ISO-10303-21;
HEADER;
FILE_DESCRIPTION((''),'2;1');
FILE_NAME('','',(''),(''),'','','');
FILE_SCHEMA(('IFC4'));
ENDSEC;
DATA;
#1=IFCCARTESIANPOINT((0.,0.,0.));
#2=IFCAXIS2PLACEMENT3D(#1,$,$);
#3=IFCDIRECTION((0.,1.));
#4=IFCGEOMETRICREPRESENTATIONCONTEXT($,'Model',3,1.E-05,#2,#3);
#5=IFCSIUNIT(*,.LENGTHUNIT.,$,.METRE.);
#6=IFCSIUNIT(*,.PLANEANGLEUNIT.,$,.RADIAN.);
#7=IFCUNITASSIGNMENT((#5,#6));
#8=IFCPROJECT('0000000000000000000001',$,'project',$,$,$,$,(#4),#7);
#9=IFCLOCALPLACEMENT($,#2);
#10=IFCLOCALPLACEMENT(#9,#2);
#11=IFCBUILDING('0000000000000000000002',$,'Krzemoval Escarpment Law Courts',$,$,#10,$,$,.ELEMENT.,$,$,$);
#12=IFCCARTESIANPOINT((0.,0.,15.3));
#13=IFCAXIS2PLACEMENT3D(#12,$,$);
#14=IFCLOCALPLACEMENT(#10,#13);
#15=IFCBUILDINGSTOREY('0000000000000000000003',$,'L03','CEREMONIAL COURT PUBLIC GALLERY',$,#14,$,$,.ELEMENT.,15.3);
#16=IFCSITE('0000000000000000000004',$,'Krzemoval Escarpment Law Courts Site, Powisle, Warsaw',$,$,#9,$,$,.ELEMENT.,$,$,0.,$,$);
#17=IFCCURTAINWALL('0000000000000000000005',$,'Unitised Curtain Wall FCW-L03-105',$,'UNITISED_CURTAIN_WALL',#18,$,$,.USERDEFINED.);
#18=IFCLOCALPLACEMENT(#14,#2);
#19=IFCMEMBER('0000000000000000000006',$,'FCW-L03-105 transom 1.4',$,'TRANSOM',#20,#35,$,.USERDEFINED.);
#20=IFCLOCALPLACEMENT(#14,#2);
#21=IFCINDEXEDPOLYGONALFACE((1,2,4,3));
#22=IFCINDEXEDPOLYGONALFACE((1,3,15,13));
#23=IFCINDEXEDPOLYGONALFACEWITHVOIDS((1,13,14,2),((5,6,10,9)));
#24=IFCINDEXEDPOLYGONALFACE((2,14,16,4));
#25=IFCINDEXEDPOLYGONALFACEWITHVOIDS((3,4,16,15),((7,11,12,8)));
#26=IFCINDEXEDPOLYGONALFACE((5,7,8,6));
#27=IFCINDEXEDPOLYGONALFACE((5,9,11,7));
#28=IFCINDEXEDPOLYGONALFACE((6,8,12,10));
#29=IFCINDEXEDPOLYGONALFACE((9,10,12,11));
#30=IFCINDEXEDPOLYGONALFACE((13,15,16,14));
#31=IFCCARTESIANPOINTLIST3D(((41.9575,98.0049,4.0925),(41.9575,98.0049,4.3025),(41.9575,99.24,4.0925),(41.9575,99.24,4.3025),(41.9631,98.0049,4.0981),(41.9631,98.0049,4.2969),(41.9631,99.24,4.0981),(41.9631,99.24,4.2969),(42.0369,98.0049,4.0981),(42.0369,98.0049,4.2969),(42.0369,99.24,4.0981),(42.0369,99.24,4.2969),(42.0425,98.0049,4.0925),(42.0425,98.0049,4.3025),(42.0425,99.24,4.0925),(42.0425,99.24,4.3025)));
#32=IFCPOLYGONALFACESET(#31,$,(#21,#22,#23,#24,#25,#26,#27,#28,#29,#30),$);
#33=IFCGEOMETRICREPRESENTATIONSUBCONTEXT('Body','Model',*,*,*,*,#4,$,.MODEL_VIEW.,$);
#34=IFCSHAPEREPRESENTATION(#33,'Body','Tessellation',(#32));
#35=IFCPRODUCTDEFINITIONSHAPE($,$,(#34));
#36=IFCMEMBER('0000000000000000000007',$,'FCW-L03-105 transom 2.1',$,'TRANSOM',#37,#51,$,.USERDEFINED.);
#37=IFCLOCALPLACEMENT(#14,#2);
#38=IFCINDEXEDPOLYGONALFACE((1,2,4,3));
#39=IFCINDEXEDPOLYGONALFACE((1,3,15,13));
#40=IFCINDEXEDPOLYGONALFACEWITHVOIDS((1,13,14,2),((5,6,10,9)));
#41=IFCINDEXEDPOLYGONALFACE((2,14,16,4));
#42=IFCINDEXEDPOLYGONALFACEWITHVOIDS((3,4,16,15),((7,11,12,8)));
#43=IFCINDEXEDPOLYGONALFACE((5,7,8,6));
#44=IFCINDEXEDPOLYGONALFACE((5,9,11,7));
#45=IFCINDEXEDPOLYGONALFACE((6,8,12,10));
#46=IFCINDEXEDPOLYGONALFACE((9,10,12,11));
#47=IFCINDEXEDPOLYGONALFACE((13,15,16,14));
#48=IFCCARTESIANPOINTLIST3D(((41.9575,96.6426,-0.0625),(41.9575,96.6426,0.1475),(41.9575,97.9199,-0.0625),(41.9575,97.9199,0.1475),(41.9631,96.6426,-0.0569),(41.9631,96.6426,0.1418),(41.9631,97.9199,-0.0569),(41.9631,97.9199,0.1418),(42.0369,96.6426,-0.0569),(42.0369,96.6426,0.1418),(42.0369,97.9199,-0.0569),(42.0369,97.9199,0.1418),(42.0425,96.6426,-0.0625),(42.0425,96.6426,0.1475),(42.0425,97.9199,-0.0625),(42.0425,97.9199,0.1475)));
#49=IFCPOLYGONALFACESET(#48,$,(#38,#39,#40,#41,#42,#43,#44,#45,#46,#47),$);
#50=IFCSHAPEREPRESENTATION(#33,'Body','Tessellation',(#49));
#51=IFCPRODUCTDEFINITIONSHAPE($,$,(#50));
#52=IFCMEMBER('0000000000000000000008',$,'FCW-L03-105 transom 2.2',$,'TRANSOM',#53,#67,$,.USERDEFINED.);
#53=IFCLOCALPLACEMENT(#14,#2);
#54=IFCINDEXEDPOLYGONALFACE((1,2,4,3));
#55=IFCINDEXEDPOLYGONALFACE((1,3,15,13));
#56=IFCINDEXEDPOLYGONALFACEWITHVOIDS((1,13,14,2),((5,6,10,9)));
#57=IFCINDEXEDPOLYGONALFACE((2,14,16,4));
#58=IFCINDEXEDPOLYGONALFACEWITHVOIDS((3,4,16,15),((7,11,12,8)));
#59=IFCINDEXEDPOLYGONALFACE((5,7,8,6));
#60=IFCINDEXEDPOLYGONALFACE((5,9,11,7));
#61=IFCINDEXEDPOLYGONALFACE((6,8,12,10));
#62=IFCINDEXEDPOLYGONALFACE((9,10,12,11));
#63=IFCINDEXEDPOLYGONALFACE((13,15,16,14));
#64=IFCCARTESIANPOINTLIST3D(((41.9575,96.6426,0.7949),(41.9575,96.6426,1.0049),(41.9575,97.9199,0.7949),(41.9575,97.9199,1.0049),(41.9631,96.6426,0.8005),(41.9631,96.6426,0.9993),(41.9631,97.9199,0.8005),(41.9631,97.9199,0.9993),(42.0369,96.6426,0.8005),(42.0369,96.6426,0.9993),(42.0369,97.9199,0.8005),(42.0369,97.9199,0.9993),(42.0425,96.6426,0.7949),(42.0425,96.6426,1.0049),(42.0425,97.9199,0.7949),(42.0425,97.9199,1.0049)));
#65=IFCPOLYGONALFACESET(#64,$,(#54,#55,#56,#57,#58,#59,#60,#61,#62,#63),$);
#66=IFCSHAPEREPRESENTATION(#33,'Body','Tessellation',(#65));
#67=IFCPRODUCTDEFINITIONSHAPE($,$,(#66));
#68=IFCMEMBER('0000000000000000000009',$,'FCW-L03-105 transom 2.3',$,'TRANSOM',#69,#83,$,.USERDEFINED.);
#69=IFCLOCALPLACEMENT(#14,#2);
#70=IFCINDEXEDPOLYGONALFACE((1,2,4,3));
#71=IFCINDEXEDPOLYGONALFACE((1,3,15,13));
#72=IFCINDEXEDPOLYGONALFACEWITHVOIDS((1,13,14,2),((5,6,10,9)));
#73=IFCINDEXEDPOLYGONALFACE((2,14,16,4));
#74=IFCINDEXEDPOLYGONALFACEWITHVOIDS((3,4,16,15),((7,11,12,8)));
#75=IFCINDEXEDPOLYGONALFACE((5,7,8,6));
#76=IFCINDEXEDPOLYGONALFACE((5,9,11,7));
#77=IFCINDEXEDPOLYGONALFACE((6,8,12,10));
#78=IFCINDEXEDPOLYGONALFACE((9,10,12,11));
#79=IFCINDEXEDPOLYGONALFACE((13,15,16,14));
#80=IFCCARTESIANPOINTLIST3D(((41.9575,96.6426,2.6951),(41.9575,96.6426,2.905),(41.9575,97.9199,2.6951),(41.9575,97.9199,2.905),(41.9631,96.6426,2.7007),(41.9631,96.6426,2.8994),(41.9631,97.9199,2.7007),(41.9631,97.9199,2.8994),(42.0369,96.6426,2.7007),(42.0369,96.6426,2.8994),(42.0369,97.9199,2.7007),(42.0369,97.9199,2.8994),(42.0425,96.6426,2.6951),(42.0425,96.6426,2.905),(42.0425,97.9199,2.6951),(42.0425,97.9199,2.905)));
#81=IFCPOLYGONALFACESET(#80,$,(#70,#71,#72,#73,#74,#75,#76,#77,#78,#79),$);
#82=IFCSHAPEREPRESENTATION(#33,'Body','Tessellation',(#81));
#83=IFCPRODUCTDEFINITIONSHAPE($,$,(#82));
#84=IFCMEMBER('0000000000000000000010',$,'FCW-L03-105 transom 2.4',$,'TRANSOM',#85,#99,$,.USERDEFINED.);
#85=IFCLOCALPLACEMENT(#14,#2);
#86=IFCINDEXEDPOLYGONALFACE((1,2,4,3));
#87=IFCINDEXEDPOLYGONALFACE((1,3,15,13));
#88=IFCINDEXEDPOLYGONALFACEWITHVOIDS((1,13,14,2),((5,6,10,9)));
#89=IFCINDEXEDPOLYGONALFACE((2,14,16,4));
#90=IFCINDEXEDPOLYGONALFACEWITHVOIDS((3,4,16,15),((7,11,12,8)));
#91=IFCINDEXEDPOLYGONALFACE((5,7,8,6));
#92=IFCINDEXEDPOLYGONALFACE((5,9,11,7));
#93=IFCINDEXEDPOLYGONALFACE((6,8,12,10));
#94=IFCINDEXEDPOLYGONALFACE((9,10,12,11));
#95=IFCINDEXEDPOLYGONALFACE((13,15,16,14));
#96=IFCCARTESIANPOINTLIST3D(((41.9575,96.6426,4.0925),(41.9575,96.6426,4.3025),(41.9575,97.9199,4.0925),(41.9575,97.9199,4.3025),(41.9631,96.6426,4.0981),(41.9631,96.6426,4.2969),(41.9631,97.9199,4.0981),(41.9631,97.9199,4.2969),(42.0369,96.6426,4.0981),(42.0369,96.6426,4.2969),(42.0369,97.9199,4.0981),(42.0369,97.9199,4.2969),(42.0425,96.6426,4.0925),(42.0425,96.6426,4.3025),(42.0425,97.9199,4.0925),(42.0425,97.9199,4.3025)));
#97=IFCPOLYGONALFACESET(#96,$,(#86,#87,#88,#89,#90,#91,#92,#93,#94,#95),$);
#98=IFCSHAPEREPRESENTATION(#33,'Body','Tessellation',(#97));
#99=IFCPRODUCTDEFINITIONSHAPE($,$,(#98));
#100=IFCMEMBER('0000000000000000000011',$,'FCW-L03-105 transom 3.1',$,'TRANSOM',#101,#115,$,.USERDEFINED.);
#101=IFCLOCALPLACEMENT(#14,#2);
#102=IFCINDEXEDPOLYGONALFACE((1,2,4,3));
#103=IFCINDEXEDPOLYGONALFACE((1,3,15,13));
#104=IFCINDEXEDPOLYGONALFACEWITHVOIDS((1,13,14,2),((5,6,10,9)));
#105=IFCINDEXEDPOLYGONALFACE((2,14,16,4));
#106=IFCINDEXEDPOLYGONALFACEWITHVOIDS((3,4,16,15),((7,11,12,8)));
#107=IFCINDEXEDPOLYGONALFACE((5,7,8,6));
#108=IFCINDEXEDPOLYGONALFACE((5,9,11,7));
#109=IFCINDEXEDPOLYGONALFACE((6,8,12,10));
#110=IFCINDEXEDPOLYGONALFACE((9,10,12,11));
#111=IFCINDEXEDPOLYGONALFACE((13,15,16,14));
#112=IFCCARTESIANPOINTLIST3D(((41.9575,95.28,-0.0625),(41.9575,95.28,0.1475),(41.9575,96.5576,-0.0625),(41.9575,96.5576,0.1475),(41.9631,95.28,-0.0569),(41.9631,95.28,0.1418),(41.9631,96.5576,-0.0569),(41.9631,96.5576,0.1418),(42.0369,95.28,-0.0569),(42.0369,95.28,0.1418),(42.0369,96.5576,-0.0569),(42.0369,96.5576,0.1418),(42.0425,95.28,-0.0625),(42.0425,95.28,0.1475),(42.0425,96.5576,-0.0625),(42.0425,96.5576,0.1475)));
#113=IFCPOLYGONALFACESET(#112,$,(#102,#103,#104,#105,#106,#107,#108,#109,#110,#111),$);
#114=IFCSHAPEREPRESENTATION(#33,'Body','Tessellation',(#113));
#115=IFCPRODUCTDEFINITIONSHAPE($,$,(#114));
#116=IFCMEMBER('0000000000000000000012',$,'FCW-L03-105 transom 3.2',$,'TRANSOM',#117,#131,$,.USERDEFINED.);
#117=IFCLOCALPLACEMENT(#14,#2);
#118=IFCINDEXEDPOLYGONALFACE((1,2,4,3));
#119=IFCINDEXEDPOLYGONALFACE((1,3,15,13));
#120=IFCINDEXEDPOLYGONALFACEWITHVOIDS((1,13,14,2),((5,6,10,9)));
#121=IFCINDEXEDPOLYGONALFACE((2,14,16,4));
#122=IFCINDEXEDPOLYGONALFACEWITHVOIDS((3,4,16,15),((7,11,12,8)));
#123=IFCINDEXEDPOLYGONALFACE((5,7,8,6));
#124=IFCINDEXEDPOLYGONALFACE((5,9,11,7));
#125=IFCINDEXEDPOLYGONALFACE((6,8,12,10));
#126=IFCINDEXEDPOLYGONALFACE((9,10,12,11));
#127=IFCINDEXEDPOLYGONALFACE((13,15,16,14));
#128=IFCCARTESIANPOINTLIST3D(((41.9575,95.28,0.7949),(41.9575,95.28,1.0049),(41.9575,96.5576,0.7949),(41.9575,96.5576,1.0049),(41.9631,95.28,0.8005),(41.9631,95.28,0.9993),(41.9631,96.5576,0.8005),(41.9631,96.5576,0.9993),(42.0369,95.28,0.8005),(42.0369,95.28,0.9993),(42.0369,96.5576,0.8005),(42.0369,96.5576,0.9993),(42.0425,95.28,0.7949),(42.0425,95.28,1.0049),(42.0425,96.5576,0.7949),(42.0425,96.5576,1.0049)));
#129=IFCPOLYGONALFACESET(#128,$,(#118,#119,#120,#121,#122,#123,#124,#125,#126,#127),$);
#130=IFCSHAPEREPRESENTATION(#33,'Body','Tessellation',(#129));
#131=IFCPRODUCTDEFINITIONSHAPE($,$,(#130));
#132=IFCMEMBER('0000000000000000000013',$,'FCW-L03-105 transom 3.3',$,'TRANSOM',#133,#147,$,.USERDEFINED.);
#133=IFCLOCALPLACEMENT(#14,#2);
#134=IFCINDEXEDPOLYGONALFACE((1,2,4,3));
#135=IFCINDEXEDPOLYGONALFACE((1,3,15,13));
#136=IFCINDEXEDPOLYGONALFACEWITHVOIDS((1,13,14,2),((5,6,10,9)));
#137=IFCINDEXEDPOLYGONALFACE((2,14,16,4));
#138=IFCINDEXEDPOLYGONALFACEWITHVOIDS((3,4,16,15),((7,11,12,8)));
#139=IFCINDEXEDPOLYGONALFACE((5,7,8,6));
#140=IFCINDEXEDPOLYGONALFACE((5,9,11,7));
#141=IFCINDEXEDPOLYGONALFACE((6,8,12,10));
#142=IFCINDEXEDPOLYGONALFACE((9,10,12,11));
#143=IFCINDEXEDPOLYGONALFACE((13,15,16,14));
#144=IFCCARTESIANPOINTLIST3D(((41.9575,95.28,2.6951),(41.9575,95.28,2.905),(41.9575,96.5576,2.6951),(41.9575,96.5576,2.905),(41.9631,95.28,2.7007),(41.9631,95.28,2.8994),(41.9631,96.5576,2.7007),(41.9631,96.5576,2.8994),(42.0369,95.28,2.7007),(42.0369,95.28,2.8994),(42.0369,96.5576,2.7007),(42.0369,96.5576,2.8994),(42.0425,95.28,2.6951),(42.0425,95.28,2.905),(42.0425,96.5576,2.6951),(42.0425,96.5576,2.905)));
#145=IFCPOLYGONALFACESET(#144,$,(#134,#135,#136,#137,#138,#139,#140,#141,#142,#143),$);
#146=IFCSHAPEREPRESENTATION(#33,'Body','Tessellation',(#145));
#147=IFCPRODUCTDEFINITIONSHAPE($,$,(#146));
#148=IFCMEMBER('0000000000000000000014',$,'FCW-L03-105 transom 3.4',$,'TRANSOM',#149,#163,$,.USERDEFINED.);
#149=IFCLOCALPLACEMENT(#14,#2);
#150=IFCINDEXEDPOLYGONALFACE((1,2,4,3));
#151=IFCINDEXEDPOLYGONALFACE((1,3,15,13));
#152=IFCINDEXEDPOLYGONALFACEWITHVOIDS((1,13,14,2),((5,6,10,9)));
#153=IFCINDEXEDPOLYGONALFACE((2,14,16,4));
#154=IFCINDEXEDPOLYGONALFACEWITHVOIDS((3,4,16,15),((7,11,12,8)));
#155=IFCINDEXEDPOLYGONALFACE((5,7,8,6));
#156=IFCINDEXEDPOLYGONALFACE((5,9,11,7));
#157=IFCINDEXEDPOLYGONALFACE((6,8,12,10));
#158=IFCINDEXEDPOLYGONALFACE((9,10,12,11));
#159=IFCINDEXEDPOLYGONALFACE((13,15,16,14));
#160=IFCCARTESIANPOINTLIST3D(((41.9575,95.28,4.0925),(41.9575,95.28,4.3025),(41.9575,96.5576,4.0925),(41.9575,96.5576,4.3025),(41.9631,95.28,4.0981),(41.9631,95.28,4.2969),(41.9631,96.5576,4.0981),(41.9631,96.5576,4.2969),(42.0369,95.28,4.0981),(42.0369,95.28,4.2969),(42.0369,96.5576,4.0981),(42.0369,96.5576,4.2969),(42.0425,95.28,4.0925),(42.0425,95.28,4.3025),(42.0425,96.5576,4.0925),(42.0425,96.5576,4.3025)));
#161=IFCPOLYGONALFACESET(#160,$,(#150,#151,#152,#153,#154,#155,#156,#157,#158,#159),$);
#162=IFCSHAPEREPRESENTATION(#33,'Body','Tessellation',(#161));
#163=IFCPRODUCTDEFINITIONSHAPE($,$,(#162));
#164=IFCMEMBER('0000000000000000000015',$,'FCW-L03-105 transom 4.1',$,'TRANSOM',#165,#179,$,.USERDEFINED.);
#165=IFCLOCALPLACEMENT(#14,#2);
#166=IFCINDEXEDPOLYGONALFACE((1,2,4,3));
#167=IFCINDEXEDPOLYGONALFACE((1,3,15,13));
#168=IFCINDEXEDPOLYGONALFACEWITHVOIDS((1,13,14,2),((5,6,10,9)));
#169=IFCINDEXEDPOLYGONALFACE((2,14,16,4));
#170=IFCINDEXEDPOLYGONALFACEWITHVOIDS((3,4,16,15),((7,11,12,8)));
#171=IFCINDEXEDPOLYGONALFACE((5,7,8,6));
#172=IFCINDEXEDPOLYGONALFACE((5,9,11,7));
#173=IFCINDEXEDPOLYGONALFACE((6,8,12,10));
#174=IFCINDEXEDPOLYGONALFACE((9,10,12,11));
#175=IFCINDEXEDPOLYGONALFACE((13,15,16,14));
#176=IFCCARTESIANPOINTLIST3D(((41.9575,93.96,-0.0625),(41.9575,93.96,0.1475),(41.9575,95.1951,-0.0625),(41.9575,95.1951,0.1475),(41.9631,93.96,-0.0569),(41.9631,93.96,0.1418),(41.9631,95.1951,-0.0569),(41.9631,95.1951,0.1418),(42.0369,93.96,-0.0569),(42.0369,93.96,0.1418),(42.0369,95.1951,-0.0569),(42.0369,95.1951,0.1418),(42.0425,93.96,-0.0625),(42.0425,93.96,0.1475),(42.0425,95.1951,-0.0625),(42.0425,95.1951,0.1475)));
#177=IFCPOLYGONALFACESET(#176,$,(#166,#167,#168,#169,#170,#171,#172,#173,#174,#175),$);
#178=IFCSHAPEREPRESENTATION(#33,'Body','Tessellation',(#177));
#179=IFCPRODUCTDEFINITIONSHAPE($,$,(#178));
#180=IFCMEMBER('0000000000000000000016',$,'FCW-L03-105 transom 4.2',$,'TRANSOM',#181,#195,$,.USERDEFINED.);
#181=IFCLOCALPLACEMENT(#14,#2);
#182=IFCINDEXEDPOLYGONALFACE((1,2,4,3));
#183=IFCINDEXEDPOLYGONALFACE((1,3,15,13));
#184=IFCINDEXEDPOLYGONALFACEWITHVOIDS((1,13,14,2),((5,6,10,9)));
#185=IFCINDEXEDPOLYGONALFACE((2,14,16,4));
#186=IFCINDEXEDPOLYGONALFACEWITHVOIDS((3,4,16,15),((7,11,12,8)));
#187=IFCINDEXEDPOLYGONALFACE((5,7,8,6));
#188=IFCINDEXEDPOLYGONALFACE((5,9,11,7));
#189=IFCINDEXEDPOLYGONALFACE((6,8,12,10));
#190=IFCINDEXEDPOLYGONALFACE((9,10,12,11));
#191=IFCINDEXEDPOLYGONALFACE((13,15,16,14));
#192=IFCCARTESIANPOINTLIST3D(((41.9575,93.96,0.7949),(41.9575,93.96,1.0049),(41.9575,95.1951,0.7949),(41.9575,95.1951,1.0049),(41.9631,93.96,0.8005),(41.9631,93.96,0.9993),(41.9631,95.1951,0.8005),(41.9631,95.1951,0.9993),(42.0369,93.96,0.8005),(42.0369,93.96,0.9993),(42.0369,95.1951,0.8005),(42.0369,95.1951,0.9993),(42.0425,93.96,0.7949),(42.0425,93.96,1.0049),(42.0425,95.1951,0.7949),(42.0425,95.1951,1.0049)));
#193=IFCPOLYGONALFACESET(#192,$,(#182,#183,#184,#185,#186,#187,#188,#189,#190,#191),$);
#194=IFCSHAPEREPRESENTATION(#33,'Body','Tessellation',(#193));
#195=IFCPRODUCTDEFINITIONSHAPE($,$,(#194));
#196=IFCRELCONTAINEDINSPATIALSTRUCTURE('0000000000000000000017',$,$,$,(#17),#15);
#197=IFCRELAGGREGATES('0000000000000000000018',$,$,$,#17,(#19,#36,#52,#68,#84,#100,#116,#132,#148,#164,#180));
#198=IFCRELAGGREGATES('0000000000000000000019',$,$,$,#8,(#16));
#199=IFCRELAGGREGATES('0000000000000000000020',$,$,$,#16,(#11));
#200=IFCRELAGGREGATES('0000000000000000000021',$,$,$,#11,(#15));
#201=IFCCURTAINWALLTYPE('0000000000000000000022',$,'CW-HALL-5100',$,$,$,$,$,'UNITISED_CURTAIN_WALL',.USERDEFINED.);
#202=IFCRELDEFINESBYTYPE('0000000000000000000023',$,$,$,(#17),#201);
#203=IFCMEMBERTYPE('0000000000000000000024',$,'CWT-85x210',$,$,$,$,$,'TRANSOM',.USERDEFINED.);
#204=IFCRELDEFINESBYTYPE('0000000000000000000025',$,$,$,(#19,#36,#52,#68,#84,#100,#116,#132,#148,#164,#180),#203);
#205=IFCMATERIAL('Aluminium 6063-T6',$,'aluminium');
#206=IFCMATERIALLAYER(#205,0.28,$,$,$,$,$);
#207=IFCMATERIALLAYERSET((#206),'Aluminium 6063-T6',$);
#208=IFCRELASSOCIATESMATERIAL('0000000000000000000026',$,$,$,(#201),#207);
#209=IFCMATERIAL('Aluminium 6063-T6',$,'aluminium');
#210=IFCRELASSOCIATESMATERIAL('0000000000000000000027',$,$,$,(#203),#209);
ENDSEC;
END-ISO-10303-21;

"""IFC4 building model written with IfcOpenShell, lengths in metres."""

from ifc_helpers import new_model, si_unit, direction, frame, origin, origin_2d, place, context, subcontext, project, spatial, hollow_rectangle, extrude, material, layer, layer_set, material_profile, profile_set, type_object, element, aggregate, save


model = new_model("IFC4")

# Units and contexts
model_context = context("Model", 3, precision=1e-05, world=origin(), true_north=direction((0.0, 1.0)))
body_context = subcontext(model_context, "Body", "Model", "MODEL_VIEW")
ifc_project = project(units=[si_unit("LENGTHUNIT", "METRE"), si_unit("PLANEANGLEUNIT", "RADIAN")], contexts=[model_context])

# Site, building, storey
site_placement = place(None, origin())
site = spatial("IfcSite", under=ifc_project, at=site_placement, Name="Krzemoval Escarpment Law Courts Site, Powisle, Warsaw", CompositionType="ELEMENT", RefElevation=0.0)
building_placement = place(site_placement, origin())
building = spatial("IfcBuilding", under=site, at=building_placement, Name="Krzemoval Escarpment Law Courts", CompositionType="ELEMENT")
storey_placement = place(building_placement, frame((0.0, 0.0, 15.3)))
storey = spatial("IfcBuildingStorey", under=building, at=storey_placement, Name="L03", Description="CEREMONIAL COURT PUBLIC GALLERY", CompositionType="ELEMENT", Elevation=15.3)

# Curtain wall
ifc_material_1 = material(Name="Aluminium 6063-T6", Category="aluminium")
ifc_layer_1 = layer(ifc_material_1, 0.28)
ifc_layer_set_1 = layer_set([ifc_layer_1], Name="Aluminium 6063-T6")
curtain_wall_type = type_object("IfcCurtainWallType", Name="CW-HALL-5100", ElementType="UNITISED_CURTAIN_WALL", PredefinedType="USERDEFINED", material=ifc_layer_set_1)
curtain_wall_1_placement = place(storey_placement, origin())
curtain_wall_1 = element("IfcCurtainWall", 1, at=curtain_wall_1_placement, inside=storey, type_object=curtain_wall_type, Name="Unitised Curtain Wall FCW-L03-105", ObjectType="UNITISED_CURTAIN_WALL", PredefinedType="USERDEFINED")

# Members
ifc_material_2 = material(Name="Aluminium 6063-T6", Category="aluminium")
ifc_material_profile_1 = material_profile(ifc_material_2, hollow_rectangle(XDim=0.085, YDim=0.21, WallThickness=0.0056, at=origin_2d()), Name="ALU T85x210")
ifc_profile_set_1 = profile_set([ifc_material_profile_1], Name="Aluminium 6063-T6")
member_type_1 = type_object("IfcMemberType", Name="CWT-85x210", ElementType="TRANSOM", PredefinedType="USERDEFINED", material=ifc_profile_set_1)
member_1_placement = place(storey_placement, frame((42.0, 99.24, 4.1975), z_axis=(0.0, -1.0, 0.0), x_axis=(1.0, 0.0, 0.0)))
member_1 = element("IfcMember", 2, at=member_1_placement, type_object=member_type_1, Name="FCW-L03-105 transom 1.4", ObjectType="TRANSOM", PredefinedType="USERDEFINED", context=body_context, shape_type="SweptSolid", body=[
    extrude(hollow_rectangle(XDim=0.085, YDim=0.21, WallThickness=0.0056, at=origin_2d()), origin(), (0.0, 0.0, 1.0), 1.2351),
])
member_2_placement = place(storey_placement, frame((42.0, 97.9199, 0.0425), z_axis=(0.0, -1.0, 0.0), x_axis=(1.0, 0.0, 0.0)))
member_2 = element("IfcMember", 3, at=member_2_placement, type_object=member_type_1, Name="FCW-L03-105 transom 2.1", ObjectType="TRANSOM", PredefinedType="USERDEFINED", context=body_context, shape_type="SweptSolid", body=[
    extrude(hollow_rectangle(XDim=0.085, YDim=0.21, WallThickness=0.0056, at=origin_2d()), origin(), (0.0, 0.0, 1.0), 1.2773),
])
member_3_placement = place(storey_placement, frame((42.0, 97.9199, 0.8999), z_axis=(0.0, -1.0, 0.0), x_axis=(1.0, 0.0, 0.0)))
member_3 = element("IfcMember", 4, at=member_3_placement, type_object=member_type_1, Name="FCW-L03-105 transom 2.2", ObjectType="TRANSOM", PredefinedType="USERDEFINED", context=body_context, shape_type="SweptSolid", body=[
    extrude(hollow_rectangle(XDim=0.085, YDim=0.21, WallThickness=0.0056, at=origin_2d()), origin(), (0.0, 0.0, 1.0), 1.2773),
])
member_4_placement = place(storey_placement, frame((42.0, 97.9199, 2.8), z_axis=(0.0, -1.0, 0.0), x_axis=(1.0, 0.0, 0.0)))
member_4 = element("IfcMember", 5, at=member_4_placement, type_object=member_type_1, Name="FCW-L03-105 transom 2.3", ObjectType="TRANSOM", PredefinedType="USERDEFINED", context=body_context, shape_type="SweptSolid", body=[
    extrude(hollow_rectangle(XDim=0.085, YDim=0.21, WallThickness=0.0056, at=origin_2d()), origin(), (0.0, 0.0, 1.0), 1.2773),
])
member_5_placement = place(storey_placement, frame((42.0, 97.9199, 4.1975), z_axis=(0.0, -1.0, 0.0), x_axis=(1.0, 0.0, 0.0)))
member_5 = element("IfcMember", 6, at=member_5_placement, type_object=member_type_1, Name="FCW-L03-105 transom 2.4", ObjectType="TRANSOM", PredefinedType="USERDEFINED", context=body_context, shape_type="SweptSolid", body=[
    extrude(hollow_rectangle(XDim=0.085, YDim=0.21, WallThickness=0.0056, at=origin_2d()), origin(), (0.0, 0.0, 1.0), 1.2773),
])
member_6_placement = place(storey_placement, frame((42.0, 96.5576, 0.0425), z_axis=(0.0, -1.0, 0.0), x_axis=(1.0, 0.0, 0.0)))
member_6 = element("IfcMember", 7, at=member_6_placement, type_object=member_type_1, Name="FCW-L03-105 transom 3.1", ObjectType="TRANSOM", PredefinedType="USERDEFINED", context=body_context, shape_type="SweptSolid", body=[
    extrude(hollow_rectangle(XDim=0.085, YDim=0.21, WallThickness=0.0056, at=origin_2d()), origin(), (0.0, 0.0, 1.0), 1.2776),
])
member_7_placement = place(storey_placement, frame((42.0, 96.5576, 0.8999), z_axis=(0.0, -1.0, 0.0), x_axis=(1.0, 0.0, 0.0)))
member_7 = element("IfcMember", 8, at=member_7_placement, type_object=member_type_1, Name="FCW-L03-105 transom 3.2", ObjectType="TRANSOM", PredefinedType="USERDEFINED", context=body_context, shape_type="SweptSolid", body=[
    extrude(hollow_rectangle(XDim=0.085, YDim=0.21, WallThickness=0.0056, at=origin_2d()), origin(), (0.0, 0.0, 1.0), 1.2776),
])
member_8_placement = place(storey_placement, frame((42.0, 96.5576, 2.8), z_axis=(0.0, -1.0, 0.0), x_axis=(1.0, 0.0, 0.0)))
member_8 = element("IfcMember", 9, at=member_8_placement, type_object=member_type_1, Name="FCW-L03-105 transom 3.3", ObjectType="TRANSOM", PredefinedType="USERDEFINED", context=body_context, shape_type="SweptSolid", body=[
    extrude(hollow_rectangle(XDim=0.085, YDim=0.21, WallThickness=0.0056, at=origin_2d()), origin(), (0.0, 0.0, 1.0), 1.2776),
])
member_9_placement = place(storey_placement, frame((42.0, 96.5576, 4.1975), z_axis=(0.0, -1.0, 0.0), x_axis=(1.0, 0.0, 0.0)))
member_9 = element("IfcMember", 10, at=member_9_placement, type_object=member_type_1, Name="FCW-L03-105 transom 3.4", ObjectType="TRANSOM", PredefinedType="USERDEFINED", context=body_context, shape_type="SweptSolid", body=[
    extrude(hollow_rectangle(XDim=0.085, YDim=0.21, WallThickness=0.0056, at=origin_2d()), origin(), (0.0, 0.0, 1.0), 1.2776),
])
member_10_placement = place(storey_placement, frame((42.0, 95.1951, 0.0425), z_axis=(0.0, -1.0, 0.0), x_axis=(1.0, 0.0, 0.0)))
member_10 = element("IfcMember", 11, at=member_10_placement, type_object=member_type_1, Name="FCW-L03-105 transom 4.1", ObjectType="TRANSOM", PredefinedType="USERDEFINED", context=body_context, shape_type="SweptSolid", body=[
    extrude(hollow_rectangle(XDim=0.085, YDim=0.21, WallThickness=0.0056, at=origin_2d()), origin(), (0.0, 0.0, 1.0), 1.2351),
])
member_11_placement = place(storey_placement, frame((42.0, 95.1951, 0.8999), z_axis=(0.0, -1.0, 0.0), x_axis=(1.0, 0.0, 0.0)))
member_11 = element("IfcMember", 12, at=member_11_placement, type_object=member_type_1, Name="FCW-L03-105 transom 4.2", ObjectType="TRANSOM", PredefinedType="USERDEFINED", context=body_context, shape_type="SweptSolid", body=[
    extrude(hollow_rectangle(XDim=0.085, YDim=0.21, WallThickness=0.0056, at=origin_2d()), origin(), (0.0, 0.0, 1.0), 1.2351),
])

aggregate(curtain_wall_1, [member_1, member_2, member_3, member_4, member_5, member_6, member_7, member_8, member_9, member_10, member_11])

save(model, "model.ifc")
